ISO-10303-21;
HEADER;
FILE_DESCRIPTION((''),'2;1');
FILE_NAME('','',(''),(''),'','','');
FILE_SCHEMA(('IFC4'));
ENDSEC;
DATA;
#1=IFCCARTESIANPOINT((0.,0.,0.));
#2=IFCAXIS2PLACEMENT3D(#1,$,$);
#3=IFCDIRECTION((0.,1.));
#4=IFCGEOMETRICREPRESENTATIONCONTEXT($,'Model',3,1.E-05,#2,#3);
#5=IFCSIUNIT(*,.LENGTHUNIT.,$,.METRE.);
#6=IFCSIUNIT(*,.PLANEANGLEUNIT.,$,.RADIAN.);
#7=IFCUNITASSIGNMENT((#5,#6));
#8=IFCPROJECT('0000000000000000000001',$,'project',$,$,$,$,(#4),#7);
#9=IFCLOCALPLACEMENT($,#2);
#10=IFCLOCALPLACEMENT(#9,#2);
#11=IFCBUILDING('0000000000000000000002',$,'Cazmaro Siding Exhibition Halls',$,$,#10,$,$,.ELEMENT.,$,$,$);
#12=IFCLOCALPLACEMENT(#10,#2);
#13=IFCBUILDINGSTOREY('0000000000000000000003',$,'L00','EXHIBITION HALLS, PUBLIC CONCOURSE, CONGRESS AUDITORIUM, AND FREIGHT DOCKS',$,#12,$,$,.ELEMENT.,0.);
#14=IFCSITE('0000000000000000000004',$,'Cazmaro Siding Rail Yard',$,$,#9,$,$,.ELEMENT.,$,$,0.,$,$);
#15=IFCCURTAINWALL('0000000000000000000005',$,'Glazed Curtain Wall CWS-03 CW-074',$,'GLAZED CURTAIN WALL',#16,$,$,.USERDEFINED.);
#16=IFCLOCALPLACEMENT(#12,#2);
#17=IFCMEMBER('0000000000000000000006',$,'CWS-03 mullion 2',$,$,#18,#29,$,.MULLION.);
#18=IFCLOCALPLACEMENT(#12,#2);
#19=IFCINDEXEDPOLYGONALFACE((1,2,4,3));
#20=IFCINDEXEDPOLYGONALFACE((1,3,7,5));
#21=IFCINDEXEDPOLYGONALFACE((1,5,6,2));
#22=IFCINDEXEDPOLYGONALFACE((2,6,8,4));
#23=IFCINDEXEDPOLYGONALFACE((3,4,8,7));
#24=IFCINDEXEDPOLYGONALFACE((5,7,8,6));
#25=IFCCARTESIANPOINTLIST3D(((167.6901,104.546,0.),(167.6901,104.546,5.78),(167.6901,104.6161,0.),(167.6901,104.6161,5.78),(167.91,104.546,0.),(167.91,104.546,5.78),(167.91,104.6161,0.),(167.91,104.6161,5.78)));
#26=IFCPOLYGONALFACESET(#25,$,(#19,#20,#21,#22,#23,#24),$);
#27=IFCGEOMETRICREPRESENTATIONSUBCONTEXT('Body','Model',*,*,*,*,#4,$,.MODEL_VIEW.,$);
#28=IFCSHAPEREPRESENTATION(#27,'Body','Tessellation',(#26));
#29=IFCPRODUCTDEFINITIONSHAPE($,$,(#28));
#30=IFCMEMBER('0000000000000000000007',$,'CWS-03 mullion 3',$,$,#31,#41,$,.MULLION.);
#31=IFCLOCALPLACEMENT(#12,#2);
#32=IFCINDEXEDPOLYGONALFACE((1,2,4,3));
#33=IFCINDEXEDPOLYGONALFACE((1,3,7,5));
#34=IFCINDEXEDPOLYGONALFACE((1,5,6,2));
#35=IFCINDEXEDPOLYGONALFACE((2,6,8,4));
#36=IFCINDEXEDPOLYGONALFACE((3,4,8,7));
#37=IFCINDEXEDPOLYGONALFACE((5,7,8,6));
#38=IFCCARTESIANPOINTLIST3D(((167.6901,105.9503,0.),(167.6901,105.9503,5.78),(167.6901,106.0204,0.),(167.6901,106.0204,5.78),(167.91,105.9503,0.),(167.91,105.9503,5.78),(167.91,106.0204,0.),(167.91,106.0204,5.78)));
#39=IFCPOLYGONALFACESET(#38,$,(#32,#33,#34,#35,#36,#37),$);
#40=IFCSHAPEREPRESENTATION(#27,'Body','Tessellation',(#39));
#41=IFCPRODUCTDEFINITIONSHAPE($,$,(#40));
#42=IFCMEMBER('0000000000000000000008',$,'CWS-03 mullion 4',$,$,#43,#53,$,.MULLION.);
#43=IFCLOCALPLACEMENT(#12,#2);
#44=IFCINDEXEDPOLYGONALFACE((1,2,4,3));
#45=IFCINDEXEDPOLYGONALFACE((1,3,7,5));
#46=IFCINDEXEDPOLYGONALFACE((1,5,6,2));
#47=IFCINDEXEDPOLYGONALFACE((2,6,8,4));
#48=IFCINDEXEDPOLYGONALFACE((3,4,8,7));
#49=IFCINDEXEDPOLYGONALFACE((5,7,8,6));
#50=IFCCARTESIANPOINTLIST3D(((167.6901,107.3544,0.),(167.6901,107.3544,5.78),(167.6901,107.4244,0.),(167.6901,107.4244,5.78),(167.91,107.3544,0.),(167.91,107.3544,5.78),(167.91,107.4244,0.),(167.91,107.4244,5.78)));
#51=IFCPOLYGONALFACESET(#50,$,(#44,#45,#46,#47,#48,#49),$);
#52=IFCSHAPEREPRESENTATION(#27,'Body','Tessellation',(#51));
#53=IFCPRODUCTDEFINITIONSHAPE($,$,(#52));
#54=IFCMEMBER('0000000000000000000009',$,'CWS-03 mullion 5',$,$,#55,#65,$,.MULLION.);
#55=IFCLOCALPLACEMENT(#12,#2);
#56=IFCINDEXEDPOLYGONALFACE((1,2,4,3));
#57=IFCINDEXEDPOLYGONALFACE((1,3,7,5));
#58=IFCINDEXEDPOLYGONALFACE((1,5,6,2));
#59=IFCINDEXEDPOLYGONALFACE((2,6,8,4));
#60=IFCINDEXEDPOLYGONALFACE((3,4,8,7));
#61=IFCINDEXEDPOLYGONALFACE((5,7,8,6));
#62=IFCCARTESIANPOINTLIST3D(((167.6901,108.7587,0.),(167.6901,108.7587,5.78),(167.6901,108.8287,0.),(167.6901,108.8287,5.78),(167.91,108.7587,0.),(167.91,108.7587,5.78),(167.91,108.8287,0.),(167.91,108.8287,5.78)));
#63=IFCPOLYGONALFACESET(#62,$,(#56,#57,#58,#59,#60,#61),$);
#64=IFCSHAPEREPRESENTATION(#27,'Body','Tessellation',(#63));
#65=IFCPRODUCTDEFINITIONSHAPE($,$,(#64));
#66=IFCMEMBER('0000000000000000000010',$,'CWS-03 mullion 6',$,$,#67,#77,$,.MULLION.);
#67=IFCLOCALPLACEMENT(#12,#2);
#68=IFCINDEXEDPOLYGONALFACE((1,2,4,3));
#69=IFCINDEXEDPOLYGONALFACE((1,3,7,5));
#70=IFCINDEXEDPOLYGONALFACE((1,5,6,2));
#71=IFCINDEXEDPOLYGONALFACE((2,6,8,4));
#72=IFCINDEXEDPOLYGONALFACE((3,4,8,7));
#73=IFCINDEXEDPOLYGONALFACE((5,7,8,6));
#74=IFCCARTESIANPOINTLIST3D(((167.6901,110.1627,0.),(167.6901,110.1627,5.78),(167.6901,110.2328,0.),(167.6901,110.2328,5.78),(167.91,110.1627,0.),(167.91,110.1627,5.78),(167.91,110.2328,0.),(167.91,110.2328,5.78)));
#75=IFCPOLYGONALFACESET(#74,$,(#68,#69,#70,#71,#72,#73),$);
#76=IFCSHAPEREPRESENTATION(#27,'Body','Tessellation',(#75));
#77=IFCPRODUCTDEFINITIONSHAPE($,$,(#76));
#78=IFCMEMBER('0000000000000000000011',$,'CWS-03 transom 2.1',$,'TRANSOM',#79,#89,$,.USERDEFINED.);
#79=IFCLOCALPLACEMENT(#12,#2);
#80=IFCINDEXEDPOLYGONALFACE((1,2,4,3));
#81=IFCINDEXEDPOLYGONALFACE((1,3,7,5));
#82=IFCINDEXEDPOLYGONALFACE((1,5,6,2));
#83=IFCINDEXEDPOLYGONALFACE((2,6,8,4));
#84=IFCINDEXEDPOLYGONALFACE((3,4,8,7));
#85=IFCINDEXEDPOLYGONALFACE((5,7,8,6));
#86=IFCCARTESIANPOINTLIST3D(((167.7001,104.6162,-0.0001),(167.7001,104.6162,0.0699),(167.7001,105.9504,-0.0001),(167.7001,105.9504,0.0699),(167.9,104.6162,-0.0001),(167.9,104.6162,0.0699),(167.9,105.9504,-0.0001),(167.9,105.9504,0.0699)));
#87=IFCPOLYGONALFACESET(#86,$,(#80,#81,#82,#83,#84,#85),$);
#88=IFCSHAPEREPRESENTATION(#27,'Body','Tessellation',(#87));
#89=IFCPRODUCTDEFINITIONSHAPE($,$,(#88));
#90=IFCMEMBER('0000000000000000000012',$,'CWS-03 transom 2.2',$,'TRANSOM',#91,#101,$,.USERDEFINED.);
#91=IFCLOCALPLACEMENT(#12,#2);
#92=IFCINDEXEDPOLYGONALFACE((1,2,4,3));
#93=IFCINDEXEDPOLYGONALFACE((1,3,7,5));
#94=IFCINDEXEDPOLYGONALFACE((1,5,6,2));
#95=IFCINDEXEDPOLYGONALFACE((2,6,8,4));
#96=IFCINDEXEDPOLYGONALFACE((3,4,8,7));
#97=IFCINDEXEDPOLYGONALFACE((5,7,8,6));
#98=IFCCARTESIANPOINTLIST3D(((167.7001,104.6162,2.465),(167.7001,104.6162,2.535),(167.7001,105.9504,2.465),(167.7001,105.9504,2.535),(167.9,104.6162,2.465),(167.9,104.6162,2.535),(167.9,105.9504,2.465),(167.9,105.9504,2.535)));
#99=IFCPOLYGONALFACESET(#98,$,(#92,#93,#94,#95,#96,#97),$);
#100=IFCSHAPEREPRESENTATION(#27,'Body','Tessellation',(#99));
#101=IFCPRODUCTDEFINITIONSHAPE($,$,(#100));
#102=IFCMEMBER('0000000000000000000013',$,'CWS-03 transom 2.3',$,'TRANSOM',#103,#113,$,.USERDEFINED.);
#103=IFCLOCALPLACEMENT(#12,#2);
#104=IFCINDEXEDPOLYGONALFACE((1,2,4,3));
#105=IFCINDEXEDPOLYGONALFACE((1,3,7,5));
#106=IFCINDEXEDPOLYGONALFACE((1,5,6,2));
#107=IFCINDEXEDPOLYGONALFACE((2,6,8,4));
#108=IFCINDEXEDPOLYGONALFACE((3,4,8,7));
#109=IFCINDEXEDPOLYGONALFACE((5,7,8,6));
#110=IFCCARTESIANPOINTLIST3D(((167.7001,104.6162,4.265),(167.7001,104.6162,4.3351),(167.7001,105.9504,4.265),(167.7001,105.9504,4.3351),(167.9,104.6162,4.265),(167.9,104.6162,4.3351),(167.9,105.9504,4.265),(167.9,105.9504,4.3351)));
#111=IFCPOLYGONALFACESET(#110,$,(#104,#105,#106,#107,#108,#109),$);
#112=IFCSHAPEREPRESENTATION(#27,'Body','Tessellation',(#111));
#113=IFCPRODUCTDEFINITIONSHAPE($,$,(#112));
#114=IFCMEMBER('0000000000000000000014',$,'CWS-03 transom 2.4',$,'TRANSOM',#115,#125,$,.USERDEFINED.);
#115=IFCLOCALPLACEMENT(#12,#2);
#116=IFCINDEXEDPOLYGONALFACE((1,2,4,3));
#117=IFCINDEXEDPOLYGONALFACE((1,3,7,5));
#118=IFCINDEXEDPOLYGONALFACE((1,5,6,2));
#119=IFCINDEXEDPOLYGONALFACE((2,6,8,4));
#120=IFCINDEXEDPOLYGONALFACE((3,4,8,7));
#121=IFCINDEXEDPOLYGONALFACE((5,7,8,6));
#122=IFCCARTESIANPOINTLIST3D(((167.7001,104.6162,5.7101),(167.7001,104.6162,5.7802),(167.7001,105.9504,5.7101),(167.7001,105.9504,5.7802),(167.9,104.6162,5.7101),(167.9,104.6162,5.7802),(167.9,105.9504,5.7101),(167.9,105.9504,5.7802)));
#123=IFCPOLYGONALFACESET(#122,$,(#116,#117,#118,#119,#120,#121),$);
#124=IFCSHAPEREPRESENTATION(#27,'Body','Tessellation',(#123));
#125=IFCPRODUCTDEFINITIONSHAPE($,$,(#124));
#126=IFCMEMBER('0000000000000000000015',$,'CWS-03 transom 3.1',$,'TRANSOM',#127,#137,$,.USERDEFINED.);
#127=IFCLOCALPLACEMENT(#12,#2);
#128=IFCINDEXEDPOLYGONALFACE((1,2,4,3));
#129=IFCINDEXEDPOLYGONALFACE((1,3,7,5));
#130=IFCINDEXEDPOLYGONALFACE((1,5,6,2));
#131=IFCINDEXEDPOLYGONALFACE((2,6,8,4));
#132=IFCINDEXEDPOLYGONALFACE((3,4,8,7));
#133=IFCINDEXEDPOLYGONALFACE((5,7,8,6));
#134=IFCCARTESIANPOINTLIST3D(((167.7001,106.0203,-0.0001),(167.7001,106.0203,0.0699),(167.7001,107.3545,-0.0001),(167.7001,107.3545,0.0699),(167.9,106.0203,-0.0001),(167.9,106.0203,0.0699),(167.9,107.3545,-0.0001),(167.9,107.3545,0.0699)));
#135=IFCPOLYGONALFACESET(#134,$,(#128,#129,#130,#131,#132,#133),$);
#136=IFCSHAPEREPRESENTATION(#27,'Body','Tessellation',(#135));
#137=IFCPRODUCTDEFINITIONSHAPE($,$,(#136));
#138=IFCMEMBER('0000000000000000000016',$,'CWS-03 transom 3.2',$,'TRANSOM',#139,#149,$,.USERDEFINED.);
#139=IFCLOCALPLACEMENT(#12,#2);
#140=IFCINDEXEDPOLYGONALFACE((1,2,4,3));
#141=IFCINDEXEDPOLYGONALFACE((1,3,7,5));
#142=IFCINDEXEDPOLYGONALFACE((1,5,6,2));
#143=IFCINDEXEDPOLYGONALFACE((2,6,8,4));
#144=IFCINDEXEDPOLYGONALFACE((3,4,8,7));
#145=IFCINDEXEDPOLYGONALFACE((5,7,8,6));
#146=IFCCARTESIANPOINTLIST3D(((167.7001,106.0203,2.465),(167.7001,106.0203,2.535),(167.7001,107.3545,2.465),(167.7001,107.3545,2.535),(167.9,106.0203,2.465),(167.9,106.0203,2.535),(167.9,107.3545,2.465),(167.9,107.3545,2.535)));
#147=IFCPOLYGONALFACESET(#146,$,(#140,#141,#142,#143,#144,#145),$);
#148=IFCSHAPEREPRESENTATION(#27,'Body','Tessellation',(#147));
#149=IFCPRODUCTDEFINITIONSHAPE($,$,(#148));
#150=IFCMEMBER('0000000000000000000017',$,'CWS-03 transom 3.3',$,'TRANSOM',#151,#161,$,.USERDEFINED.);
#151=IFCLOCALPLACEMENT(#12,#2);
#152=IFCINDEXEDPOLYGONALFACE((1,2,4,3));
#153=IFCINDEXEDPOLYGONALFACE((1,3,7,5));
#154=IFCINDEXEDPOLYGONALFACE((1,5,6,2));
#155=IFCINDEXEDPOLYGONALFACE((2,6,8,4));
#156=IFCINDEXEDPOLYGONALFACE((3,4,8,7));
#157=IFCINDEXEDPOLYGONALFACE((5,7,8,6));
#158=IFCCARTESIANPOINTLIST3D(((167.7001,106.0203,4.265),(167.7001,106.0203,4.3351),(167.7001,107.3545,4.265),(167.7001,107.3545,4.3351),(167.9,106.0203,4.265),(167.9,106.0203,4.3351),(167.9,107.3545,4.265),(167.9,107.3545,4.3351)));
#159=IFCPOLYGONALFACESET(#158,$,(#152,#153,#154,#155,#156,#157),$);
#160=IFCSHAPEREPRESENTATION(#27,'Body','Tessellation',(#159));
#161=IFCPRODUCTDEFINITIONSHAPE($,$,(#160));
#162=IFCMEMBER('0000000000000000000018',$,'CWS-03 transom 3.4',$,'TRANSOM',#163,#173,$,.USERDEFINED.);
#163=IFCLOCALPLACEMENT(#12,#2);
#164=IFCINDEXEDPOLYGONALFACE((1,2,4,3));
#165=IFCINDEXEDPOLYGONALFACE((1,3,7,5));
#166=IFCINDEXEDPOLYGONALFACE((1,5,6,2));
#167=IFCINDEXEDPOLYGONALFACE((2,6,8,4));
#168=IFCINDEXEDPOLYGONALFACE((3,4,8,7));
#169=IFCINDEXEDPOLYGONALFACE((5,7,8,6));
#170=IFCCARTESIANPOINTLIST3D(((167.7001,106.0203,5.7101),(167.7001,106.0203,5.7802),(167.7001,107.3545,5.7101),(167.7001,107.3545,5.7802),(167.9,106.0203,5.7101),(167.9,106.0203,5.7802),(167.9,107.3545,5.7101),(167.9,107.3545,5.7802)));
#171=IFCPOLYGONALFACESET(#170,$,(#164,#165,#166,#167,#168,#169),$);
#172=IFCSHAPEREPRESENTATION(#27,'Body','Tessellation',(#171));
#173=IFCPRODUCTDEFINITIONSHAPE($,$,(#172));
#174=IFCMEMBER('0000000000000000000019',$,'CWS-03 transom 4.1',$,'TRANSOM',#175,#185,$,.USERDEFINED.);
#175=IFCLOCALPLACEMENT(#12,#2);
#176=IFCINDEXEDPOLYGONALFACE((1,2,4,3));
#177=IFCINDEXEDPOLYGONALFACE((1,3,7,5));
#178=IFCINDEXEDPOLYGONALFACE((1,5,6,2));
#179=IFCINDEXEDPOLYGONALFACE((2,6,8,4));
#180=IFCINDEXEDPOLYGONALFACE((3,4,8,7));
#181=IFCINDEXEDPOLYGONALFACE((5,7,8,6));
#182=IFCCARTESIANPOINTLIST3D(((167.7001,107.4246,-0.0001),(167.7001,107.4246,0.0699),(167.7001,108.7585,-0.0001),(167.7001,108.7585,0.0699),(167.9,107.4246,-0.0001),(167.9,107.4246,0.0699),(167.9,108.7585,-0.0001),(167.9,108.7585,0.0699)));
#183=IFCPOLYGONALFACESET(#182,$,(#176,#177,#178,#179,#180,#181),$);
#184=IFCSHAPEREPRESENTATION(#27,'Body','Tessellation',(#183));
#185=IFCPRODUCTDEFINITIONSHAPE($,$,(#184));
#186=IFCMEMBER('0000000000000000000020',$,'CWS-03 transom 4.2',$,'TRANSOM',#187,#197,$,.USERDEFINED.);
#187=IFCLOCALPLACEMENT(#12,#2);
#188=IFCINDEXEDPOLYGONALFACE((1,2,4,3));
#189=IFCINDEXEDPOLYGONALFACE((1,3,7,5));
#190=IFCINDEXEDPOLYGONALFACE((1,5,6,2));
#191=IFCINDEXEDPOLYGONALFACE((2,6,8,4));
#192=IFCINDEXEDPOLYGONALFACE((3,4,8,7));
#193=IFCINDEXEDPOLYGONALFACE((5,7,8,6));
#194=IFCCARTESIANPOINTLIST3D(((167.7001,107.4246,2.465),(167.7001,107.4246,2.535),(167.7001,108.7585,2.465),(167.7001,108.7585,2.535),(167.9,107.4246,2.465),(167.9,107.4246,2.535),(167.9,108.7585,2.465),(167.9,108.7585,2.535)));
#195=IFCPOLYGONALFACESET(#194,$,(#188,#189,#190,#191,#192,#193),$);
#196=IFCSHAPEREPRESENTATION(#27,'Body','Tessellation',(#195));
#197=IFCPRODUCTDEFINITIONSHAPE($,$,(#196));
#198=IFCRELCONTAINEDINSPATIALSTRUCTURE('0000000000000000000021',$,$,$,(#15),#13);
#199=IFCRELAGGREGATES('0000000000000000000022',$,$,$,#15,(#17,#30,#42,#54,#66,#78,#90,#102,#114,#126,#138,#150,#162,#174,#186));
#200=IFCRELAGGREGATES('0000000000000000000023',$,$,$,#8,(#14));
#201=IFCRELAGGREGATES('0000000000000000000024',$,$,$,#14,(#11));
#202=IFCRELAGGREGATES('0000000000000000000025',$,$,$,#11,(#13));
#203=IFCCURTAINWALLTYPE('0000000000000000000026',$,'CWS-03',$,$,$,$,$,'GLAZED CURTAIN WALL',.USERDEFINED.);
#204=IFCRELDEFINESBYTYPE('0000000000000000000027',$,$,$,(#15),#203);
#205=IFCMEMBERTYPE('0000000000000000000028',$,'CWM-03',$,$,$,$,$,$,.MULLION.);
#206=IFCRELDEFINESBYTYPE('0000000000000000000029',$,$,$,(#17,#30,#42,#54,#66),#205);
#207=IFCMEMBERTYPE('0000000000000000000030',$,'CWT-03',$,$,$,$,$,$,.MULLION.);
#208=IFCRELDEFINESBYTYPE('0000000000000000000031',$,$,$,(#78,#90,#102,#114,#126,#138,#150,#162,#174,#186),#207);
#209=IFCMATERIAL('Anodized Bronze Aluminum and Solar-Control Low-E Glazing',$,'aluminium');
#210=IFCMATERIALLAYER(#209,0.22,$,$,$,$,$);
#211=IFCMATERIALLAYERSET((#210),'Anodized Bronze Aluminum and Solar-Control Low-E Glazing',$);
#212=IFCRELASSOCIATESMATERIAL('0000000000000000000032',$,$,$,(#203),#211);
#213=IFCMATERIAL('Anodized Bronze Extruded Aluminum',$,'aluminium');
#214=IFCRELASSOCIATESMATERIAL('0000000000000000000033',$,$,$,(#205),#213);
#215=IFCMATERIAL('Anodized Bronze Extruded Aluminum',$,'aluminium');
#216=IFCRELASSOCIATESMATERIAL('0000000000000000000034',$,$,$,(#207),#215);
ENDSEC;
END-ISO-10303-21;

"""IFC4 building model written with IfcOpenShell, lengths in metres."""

from ifc_helpers import new_model, si_unit, direction, frame, origin, origin_2d, place, context, subcontext, project, spatial, rectangle, extrude, material, layer, layer_set, material_profile, profile_set, type_object, element, aggregate, save


model = new_model("IFC4")

# Units and contexts
model_context = context("Model", 3, precision=1e-05, world=origin(), true_north=direction((0.0, 1.0)))
body_context = subcontext(model_context, "Body", "Model", "MODEL_VIEW")
ifc_project = project(units=[si_unit("LENGTHUNIT", "METRE"), si_unit("PLANEANGLEUNIT", "RADIAN")], contexts=[model_context])

# Site, building, storey
site_placement = place(None, origin())
site = spatial("IfcSite", under=ifc_project, at=site_placement, Name="Cazmaro Siding Rail Yard", CompositionType="ELEMENT", RefElevation=0.0)
building_placement = place(site_placement, origin())
building = spatial("IfcBuilding", under=site, at=building_placement, Name="Cazmaro Siding Exhibition Halls", CompositionType="ELEMENT")
storey_placement = place(building_placement, origin())
storey = spatial("IfcBuildingStorey", under=building, at=storey_placement, Name="L00", Description="EXHIBITION HALLS, PUBLIC CONCOURSE, CONGRESS AUDITORIUM, AND FREIGHT DOCKS", CompositionType="ELEMENT", Elevation=0.0)

# Curtain wall, members
ifc_material_1 = material(Name="Anodized Bronze Aluminum and Solar-Control Low-E Glazing", Category="aluminium")
ifc_layer_1 = layer(ifc_material_1, 0.22)
ifc_layer_set_1 = layer_set([ifc_layer_1], Name="Anodized Bronze Aluminum and Solar-Control Low-E Glazing")
curtain_wall_type = type_object("IfcCurtainWallType", Name="CWS-03", ElementType="GLAZED CURTAIN WALL", PredefinedType="USERDEFINED", material=ifc_layer_set_1)
curtain_wall_placement = place(storey_placement, origin())
curtain_wall = element("IfcCurtainWall", 1, at=curtain_wall_placement, inside=storey, type_object=curtain_wall_type, Name="Glazed Curtain Wall CWS-03 CW-074", ObjectType="GLAZED CURTAIN WALL", PredefinedType="USERDEFINED")
ifc_material_2 = material(Name="Anodized Bronze Extruded Aluminum", Category="aluminium")
ifc_material_profile_1 = material_profile(ifc_material_2, rectangle(XDim=0.22, YDim=0.0701, at=origin_2d()), Name="CWM-03")
ifc_profile_set_1 = profile_set([ifc_material_profile_1], Name="Anodized Bronze Extruded Aluminum")
member_type_1 = type_object("IfcMemberType", Name="CWM-03", PredefinedType="MULLION", material=ifc_profile_set_1)
member_1_placement = place(storey_placement, frame((167.8, 104.5811, 0.0), z_axis=(0.0, 0.0, 1.0), x_axis=(-1.0, 0.0, 0.0)))
member_1 = element("IfcMember", 2, at=member_1_placement, type_object=member_type_1, Name="CWS-03 mullion 2", PredefinedType="MULLION", context=body_context, shape_type="SweptSolid", body=[
    extrude(rectangle(XDim=0.22, YDim=0.0701, at=origin_2d()), origin(), (0.0, 0.0, 1.0), 5.78),
])
member_2_placement = place(storey_placement, frame((167.8, 105.9854, 0.0), z_axis=(0.0, 0.0, 1.0), x_axis=(-1.0, 0.0, 0.0)))
member_2 = element("IfcMember", 3, at=member_2_placement, type_object=member_type_1, Name="CWS-03 mullion 3", PredefinedType="MULLION", context=body_context, shape_type="SweptSolid", body=[
    extrude(rectangle(XDim=0.22, YDim=0.0701, at=origin_2d()), origin(), (0.0, 0.0, 1.0), 5.78),
])
member_3_placement = place(storey_placement, frame((167.8, 107.3894, 0.0), z_axis=(0.0, 0.0, 1.0), x_axis=(-1.0, 0.0, 0.0)))
member_3 = element("IfcMember", 4, at=member_3_placement, type_object=member_type_1, Name="CWS-03 mullion 4", PredefinedType="MULLION", context=body_context, shape_type="SweptSolid", body=[
    extrude(rectangle(XDim=0.22, YDim=0.0701, at=origin_2d()), origin(), (0.0, 0.0, 1.0), 5.78),
])
member_4_placement = place(storey_placement, frame((167.8, 108.7937, 0.0), z_axis=(0.0, 0.0, 1.0), x_axis=(-1.0, 0.0, 0.0)))
member_4 = element("IfcMember", 5, at=member_4_placement, type_object=member_type_1, Name="CWS-03 mullion 5", PredefinedType="MULLION", context=body_context, shape_type="SweptSolid", body=[
    extrude(rectangle(XDim=0.22, YDim=0.0701, at=origin_2d()), origin(), (0.0, 0.0, 1.0), 5.78),
])
member_5_placement = place(storey_placement, frame((167.8, 110.1978, 0.0), z_axis=(0.0, 0.0, 1.0), x_axis=(-1.0, 0.0, 0.0)))
member_5 = element("IfcMember", 6, at=member_5_placement, type_object=member_type_1, Name="CWS-03 mullion 6", PredefinedType="MULLION", context=body_context, shape_type="SweptSolid", body=[
    extrude(rectangle(XDim=0.22, YDim=0.0701, at=origin_2d()), origin(), (0.0, 0.0, 1.0), 5.78),
])
ifc_material_3 = material(Name="Anodized Bronze Extruded Aluminum", Category="aluminium")
ifc_material_profile_2 = material_profile(ifc_material_3, rectangle(XDim=0.2, YDim=0.0701, at=origin_2d()), Name="CWT-03")
ifc_profile_set_2 = profile_set([ifc_material_profile_2], Name="Anodized Bronze Extruded Aluminum")
member_type_2 = type_object("IfcMemberType", Name="CWT-03", PredefinedType="MULLION", material=ifc_profile_set_2)
member_6_placement = place(storey_placement, frame((167.8, 104.6162, 0.0349), z_axis=(0.0, 1.0, 0.0), x_axis=(-1.0, 0.0, 0.0)))
member_6 = element("IfcMember", 7, at=member_6_placement, type_object=member_type_2, Name="CWS-03 transom 2.1", ObjectType="TRANSOM", PredefinedType="USERDEFINED", context=body_context, shape_type="SweptSolid", body=[
    extrude(rectangle(XDim=0.2, YDim=0.0701, at=origin_2d()), origin(), (0.0, 0.0, 1.0), 1.3342),
])
member_7_placement = place(storey_placement, frame((167.8, 104.6162, 2.5), z_axis=(0.0, 1.0, 0.0), x_axis=(-1.0, 0.0, 0.0)))
member_7 = element("IfcMember", 8, at=member_7_placement, type_object=member_type_2, Name="CWS-03 transom 2.2", ObjectType="TRANSOM", PredefinedType="USERDEFINED", context=body_context, shape_type="SweptSolid", body=[
    extrude(rectangle(XDim=0.2, YDim=0.0701, at=origin_2d()), origin(), (0.0, 0.0, 1.0), 1.3342),
])
member_8_placement = place(storey_placement, frame((167.8, 104.6162, 4.3), z_axis=(0.0, 1.0, 0.0), x_axis=(-1.0, 0.0, 0.0)))
member_8 = element("IfcMember", 9, at=member_8_placement, type_object=member_type_2, Name="CWS-03 transom 2.3", ObjectType="TRANSOM", PredefinedType="USERDEFINED", context=body_context, shape_type="SweptSolid", body=[
    extrude(rectangle(XDim=0.2, YDim=0.0701, at=origin_2d()), origin(), (0.0, 0.0, 1.0), 1.3342),
])
member_9_placement = place(storey_placement, frame((167.8, 104.6162, 5.7451), z_axis=(0.0, 1.0, 0.0), x_axis=(-1.0, 0.0, 0.0)))
member_9 = element("IfcMember", 10, at=member_9_placement, type_object=member_type_2, Name="CWS-03 transom 2.4", ObjectType="TRANSOM", PredefinedType="USERDEFINED", context=body_context, shape_type="SweptSolid", body=[
    extrude(rectangle(XDim=0.2, YDim=0.0701, at=origin_2d()), origin(), (0.0, 0.0, 1.0), 1.3342),
])
member_10_placement = place(storey_placement, frame((167.8, 106.0203, 0.0349), z_axis=(0.0, 1.0, 0.0), x_axis=(-1.0, 0.0, 0.0)))
member_10 = element("IfcMember", 11, at=member_10_placement, type_object=member_type_2, Name="CWS-03 transom 3.1", ObjectType="TRANSOM", PredefinedType="USERDEFINED", context=body_context, shape_type="SweptSolid", body=[
    extrude(rectangle(XDim=0.2, YDim=0.0701, at=origin_2d()), origin(), (0.0, 0.0, 1.0), 1.3342),
])
member_11_placement = place(storey_placement, frame((167.8, 106.0203, 2.5), z_axis=(0.0, 1.0, 0.0), x_axis=(-1.0, 0.0, 0.0)))
member_11 = element("IfcMember", 12, at=member_11_placement, type_object=member_type_2, Name="CWS-03 transom 3.2", ObjectType="TRANSOM", PredefinedType="USERDEFINED", context=body_context, shape_type="SweptSolid", body=[
    extrude(rectangle(XDim=0.2, YDim=0.0701, at=origin_2d()), origin(), (0.0, 0.0, 1.0), 1.3342),
])
member_12_placement = place(storey_placement, frame((167.8, 106.0203, 4.3), z_axis=(0.0, 1.0, 0.0), x_axis=(-1.0, 0.0, 0.0)))
member_12 = element("IfcMember", 13, at=member_12_placement, type_object=member_type_2, Name="CWS-03 transom 3.3", ObjectType="TRANSOM", PredefinedType="USERDEFINED", context=body_context, shape_type="SweptSolid", body=[
    extrude(rectangle(XDim=0.2, YDim=0.0701, at=origin_2d()), origin(), (0.0, 0.0, 1.0), 1.3342),
])
member_13_placement = place(storey_placement, frame((167.8, 106.0203, 5.7451), z_axis=(0.0, 1.0, 0.0), x_axis=(-1.0, 0.0, 0.0)))
member_13 = element("IfcMember", 14, at=member_13_placement, type_object=member_type_2, Name="CWS-03 transom 3.4", ObjectType="TRANSOM", PredefinedType="USERDEFINED", context=body_context, shape_type="SweptSolid", body=[
    extrude(rectangle(XDim=0.2, YDim=0.0701, at=origin_2d()), origin(), (0.0, 0.0, 1.0), 1.3342),
])
member_14_placement = place(storey_placement, frame((167.8, 107.4246, 0.0349), z_axis=(0.0, 1.0, 0.0), x_axis=(-1.0, 0.0, 0.0)))
member_14 = element("IfcMember", 15, at=member_14_placement, type_object=member_type_2, Name="CWS-03 transom 4.1", ObjectType="TRANSOM", PredefinedType="USERDEFINED", context=body_context, shape_type="SweptSolid", body=[
    extrude(rectangle(XDim=0.2, YDim=0.0701, at=origin_2d()), origin(), (0.0, 0.0, 1.0), 1.334),
])
member_15_placement = place(storey_placement, frame((167.8, 107.4246, 2.5), z_axis=(0.0, 1.0, 0.0), x_axis=(-1.0, 0.0, 0.0)))
member_15 = element("IfcMember", 16, at=member_15_placement, type_object=member_type_2, Name="CWS-03 transom 4.2", ObjectType="TRANSOM", PredefinedType="USERDEFINED", context=body_context, shape_type="SweptSolid", body=[
    extrude(rectangle(XDim=0.2, YDim=0.0701, at=origin_2d()), origin(), (0.0, 0.0, 1.0), 1.334),
])
aggregate(curtain_wall, [member_1, member_2, member_3, member_4, member_5, member_6, member_7, member_8, member_9, member_10, member_11, member_12, member_13, member_14, member_15])

save(model, "model.ifc")
